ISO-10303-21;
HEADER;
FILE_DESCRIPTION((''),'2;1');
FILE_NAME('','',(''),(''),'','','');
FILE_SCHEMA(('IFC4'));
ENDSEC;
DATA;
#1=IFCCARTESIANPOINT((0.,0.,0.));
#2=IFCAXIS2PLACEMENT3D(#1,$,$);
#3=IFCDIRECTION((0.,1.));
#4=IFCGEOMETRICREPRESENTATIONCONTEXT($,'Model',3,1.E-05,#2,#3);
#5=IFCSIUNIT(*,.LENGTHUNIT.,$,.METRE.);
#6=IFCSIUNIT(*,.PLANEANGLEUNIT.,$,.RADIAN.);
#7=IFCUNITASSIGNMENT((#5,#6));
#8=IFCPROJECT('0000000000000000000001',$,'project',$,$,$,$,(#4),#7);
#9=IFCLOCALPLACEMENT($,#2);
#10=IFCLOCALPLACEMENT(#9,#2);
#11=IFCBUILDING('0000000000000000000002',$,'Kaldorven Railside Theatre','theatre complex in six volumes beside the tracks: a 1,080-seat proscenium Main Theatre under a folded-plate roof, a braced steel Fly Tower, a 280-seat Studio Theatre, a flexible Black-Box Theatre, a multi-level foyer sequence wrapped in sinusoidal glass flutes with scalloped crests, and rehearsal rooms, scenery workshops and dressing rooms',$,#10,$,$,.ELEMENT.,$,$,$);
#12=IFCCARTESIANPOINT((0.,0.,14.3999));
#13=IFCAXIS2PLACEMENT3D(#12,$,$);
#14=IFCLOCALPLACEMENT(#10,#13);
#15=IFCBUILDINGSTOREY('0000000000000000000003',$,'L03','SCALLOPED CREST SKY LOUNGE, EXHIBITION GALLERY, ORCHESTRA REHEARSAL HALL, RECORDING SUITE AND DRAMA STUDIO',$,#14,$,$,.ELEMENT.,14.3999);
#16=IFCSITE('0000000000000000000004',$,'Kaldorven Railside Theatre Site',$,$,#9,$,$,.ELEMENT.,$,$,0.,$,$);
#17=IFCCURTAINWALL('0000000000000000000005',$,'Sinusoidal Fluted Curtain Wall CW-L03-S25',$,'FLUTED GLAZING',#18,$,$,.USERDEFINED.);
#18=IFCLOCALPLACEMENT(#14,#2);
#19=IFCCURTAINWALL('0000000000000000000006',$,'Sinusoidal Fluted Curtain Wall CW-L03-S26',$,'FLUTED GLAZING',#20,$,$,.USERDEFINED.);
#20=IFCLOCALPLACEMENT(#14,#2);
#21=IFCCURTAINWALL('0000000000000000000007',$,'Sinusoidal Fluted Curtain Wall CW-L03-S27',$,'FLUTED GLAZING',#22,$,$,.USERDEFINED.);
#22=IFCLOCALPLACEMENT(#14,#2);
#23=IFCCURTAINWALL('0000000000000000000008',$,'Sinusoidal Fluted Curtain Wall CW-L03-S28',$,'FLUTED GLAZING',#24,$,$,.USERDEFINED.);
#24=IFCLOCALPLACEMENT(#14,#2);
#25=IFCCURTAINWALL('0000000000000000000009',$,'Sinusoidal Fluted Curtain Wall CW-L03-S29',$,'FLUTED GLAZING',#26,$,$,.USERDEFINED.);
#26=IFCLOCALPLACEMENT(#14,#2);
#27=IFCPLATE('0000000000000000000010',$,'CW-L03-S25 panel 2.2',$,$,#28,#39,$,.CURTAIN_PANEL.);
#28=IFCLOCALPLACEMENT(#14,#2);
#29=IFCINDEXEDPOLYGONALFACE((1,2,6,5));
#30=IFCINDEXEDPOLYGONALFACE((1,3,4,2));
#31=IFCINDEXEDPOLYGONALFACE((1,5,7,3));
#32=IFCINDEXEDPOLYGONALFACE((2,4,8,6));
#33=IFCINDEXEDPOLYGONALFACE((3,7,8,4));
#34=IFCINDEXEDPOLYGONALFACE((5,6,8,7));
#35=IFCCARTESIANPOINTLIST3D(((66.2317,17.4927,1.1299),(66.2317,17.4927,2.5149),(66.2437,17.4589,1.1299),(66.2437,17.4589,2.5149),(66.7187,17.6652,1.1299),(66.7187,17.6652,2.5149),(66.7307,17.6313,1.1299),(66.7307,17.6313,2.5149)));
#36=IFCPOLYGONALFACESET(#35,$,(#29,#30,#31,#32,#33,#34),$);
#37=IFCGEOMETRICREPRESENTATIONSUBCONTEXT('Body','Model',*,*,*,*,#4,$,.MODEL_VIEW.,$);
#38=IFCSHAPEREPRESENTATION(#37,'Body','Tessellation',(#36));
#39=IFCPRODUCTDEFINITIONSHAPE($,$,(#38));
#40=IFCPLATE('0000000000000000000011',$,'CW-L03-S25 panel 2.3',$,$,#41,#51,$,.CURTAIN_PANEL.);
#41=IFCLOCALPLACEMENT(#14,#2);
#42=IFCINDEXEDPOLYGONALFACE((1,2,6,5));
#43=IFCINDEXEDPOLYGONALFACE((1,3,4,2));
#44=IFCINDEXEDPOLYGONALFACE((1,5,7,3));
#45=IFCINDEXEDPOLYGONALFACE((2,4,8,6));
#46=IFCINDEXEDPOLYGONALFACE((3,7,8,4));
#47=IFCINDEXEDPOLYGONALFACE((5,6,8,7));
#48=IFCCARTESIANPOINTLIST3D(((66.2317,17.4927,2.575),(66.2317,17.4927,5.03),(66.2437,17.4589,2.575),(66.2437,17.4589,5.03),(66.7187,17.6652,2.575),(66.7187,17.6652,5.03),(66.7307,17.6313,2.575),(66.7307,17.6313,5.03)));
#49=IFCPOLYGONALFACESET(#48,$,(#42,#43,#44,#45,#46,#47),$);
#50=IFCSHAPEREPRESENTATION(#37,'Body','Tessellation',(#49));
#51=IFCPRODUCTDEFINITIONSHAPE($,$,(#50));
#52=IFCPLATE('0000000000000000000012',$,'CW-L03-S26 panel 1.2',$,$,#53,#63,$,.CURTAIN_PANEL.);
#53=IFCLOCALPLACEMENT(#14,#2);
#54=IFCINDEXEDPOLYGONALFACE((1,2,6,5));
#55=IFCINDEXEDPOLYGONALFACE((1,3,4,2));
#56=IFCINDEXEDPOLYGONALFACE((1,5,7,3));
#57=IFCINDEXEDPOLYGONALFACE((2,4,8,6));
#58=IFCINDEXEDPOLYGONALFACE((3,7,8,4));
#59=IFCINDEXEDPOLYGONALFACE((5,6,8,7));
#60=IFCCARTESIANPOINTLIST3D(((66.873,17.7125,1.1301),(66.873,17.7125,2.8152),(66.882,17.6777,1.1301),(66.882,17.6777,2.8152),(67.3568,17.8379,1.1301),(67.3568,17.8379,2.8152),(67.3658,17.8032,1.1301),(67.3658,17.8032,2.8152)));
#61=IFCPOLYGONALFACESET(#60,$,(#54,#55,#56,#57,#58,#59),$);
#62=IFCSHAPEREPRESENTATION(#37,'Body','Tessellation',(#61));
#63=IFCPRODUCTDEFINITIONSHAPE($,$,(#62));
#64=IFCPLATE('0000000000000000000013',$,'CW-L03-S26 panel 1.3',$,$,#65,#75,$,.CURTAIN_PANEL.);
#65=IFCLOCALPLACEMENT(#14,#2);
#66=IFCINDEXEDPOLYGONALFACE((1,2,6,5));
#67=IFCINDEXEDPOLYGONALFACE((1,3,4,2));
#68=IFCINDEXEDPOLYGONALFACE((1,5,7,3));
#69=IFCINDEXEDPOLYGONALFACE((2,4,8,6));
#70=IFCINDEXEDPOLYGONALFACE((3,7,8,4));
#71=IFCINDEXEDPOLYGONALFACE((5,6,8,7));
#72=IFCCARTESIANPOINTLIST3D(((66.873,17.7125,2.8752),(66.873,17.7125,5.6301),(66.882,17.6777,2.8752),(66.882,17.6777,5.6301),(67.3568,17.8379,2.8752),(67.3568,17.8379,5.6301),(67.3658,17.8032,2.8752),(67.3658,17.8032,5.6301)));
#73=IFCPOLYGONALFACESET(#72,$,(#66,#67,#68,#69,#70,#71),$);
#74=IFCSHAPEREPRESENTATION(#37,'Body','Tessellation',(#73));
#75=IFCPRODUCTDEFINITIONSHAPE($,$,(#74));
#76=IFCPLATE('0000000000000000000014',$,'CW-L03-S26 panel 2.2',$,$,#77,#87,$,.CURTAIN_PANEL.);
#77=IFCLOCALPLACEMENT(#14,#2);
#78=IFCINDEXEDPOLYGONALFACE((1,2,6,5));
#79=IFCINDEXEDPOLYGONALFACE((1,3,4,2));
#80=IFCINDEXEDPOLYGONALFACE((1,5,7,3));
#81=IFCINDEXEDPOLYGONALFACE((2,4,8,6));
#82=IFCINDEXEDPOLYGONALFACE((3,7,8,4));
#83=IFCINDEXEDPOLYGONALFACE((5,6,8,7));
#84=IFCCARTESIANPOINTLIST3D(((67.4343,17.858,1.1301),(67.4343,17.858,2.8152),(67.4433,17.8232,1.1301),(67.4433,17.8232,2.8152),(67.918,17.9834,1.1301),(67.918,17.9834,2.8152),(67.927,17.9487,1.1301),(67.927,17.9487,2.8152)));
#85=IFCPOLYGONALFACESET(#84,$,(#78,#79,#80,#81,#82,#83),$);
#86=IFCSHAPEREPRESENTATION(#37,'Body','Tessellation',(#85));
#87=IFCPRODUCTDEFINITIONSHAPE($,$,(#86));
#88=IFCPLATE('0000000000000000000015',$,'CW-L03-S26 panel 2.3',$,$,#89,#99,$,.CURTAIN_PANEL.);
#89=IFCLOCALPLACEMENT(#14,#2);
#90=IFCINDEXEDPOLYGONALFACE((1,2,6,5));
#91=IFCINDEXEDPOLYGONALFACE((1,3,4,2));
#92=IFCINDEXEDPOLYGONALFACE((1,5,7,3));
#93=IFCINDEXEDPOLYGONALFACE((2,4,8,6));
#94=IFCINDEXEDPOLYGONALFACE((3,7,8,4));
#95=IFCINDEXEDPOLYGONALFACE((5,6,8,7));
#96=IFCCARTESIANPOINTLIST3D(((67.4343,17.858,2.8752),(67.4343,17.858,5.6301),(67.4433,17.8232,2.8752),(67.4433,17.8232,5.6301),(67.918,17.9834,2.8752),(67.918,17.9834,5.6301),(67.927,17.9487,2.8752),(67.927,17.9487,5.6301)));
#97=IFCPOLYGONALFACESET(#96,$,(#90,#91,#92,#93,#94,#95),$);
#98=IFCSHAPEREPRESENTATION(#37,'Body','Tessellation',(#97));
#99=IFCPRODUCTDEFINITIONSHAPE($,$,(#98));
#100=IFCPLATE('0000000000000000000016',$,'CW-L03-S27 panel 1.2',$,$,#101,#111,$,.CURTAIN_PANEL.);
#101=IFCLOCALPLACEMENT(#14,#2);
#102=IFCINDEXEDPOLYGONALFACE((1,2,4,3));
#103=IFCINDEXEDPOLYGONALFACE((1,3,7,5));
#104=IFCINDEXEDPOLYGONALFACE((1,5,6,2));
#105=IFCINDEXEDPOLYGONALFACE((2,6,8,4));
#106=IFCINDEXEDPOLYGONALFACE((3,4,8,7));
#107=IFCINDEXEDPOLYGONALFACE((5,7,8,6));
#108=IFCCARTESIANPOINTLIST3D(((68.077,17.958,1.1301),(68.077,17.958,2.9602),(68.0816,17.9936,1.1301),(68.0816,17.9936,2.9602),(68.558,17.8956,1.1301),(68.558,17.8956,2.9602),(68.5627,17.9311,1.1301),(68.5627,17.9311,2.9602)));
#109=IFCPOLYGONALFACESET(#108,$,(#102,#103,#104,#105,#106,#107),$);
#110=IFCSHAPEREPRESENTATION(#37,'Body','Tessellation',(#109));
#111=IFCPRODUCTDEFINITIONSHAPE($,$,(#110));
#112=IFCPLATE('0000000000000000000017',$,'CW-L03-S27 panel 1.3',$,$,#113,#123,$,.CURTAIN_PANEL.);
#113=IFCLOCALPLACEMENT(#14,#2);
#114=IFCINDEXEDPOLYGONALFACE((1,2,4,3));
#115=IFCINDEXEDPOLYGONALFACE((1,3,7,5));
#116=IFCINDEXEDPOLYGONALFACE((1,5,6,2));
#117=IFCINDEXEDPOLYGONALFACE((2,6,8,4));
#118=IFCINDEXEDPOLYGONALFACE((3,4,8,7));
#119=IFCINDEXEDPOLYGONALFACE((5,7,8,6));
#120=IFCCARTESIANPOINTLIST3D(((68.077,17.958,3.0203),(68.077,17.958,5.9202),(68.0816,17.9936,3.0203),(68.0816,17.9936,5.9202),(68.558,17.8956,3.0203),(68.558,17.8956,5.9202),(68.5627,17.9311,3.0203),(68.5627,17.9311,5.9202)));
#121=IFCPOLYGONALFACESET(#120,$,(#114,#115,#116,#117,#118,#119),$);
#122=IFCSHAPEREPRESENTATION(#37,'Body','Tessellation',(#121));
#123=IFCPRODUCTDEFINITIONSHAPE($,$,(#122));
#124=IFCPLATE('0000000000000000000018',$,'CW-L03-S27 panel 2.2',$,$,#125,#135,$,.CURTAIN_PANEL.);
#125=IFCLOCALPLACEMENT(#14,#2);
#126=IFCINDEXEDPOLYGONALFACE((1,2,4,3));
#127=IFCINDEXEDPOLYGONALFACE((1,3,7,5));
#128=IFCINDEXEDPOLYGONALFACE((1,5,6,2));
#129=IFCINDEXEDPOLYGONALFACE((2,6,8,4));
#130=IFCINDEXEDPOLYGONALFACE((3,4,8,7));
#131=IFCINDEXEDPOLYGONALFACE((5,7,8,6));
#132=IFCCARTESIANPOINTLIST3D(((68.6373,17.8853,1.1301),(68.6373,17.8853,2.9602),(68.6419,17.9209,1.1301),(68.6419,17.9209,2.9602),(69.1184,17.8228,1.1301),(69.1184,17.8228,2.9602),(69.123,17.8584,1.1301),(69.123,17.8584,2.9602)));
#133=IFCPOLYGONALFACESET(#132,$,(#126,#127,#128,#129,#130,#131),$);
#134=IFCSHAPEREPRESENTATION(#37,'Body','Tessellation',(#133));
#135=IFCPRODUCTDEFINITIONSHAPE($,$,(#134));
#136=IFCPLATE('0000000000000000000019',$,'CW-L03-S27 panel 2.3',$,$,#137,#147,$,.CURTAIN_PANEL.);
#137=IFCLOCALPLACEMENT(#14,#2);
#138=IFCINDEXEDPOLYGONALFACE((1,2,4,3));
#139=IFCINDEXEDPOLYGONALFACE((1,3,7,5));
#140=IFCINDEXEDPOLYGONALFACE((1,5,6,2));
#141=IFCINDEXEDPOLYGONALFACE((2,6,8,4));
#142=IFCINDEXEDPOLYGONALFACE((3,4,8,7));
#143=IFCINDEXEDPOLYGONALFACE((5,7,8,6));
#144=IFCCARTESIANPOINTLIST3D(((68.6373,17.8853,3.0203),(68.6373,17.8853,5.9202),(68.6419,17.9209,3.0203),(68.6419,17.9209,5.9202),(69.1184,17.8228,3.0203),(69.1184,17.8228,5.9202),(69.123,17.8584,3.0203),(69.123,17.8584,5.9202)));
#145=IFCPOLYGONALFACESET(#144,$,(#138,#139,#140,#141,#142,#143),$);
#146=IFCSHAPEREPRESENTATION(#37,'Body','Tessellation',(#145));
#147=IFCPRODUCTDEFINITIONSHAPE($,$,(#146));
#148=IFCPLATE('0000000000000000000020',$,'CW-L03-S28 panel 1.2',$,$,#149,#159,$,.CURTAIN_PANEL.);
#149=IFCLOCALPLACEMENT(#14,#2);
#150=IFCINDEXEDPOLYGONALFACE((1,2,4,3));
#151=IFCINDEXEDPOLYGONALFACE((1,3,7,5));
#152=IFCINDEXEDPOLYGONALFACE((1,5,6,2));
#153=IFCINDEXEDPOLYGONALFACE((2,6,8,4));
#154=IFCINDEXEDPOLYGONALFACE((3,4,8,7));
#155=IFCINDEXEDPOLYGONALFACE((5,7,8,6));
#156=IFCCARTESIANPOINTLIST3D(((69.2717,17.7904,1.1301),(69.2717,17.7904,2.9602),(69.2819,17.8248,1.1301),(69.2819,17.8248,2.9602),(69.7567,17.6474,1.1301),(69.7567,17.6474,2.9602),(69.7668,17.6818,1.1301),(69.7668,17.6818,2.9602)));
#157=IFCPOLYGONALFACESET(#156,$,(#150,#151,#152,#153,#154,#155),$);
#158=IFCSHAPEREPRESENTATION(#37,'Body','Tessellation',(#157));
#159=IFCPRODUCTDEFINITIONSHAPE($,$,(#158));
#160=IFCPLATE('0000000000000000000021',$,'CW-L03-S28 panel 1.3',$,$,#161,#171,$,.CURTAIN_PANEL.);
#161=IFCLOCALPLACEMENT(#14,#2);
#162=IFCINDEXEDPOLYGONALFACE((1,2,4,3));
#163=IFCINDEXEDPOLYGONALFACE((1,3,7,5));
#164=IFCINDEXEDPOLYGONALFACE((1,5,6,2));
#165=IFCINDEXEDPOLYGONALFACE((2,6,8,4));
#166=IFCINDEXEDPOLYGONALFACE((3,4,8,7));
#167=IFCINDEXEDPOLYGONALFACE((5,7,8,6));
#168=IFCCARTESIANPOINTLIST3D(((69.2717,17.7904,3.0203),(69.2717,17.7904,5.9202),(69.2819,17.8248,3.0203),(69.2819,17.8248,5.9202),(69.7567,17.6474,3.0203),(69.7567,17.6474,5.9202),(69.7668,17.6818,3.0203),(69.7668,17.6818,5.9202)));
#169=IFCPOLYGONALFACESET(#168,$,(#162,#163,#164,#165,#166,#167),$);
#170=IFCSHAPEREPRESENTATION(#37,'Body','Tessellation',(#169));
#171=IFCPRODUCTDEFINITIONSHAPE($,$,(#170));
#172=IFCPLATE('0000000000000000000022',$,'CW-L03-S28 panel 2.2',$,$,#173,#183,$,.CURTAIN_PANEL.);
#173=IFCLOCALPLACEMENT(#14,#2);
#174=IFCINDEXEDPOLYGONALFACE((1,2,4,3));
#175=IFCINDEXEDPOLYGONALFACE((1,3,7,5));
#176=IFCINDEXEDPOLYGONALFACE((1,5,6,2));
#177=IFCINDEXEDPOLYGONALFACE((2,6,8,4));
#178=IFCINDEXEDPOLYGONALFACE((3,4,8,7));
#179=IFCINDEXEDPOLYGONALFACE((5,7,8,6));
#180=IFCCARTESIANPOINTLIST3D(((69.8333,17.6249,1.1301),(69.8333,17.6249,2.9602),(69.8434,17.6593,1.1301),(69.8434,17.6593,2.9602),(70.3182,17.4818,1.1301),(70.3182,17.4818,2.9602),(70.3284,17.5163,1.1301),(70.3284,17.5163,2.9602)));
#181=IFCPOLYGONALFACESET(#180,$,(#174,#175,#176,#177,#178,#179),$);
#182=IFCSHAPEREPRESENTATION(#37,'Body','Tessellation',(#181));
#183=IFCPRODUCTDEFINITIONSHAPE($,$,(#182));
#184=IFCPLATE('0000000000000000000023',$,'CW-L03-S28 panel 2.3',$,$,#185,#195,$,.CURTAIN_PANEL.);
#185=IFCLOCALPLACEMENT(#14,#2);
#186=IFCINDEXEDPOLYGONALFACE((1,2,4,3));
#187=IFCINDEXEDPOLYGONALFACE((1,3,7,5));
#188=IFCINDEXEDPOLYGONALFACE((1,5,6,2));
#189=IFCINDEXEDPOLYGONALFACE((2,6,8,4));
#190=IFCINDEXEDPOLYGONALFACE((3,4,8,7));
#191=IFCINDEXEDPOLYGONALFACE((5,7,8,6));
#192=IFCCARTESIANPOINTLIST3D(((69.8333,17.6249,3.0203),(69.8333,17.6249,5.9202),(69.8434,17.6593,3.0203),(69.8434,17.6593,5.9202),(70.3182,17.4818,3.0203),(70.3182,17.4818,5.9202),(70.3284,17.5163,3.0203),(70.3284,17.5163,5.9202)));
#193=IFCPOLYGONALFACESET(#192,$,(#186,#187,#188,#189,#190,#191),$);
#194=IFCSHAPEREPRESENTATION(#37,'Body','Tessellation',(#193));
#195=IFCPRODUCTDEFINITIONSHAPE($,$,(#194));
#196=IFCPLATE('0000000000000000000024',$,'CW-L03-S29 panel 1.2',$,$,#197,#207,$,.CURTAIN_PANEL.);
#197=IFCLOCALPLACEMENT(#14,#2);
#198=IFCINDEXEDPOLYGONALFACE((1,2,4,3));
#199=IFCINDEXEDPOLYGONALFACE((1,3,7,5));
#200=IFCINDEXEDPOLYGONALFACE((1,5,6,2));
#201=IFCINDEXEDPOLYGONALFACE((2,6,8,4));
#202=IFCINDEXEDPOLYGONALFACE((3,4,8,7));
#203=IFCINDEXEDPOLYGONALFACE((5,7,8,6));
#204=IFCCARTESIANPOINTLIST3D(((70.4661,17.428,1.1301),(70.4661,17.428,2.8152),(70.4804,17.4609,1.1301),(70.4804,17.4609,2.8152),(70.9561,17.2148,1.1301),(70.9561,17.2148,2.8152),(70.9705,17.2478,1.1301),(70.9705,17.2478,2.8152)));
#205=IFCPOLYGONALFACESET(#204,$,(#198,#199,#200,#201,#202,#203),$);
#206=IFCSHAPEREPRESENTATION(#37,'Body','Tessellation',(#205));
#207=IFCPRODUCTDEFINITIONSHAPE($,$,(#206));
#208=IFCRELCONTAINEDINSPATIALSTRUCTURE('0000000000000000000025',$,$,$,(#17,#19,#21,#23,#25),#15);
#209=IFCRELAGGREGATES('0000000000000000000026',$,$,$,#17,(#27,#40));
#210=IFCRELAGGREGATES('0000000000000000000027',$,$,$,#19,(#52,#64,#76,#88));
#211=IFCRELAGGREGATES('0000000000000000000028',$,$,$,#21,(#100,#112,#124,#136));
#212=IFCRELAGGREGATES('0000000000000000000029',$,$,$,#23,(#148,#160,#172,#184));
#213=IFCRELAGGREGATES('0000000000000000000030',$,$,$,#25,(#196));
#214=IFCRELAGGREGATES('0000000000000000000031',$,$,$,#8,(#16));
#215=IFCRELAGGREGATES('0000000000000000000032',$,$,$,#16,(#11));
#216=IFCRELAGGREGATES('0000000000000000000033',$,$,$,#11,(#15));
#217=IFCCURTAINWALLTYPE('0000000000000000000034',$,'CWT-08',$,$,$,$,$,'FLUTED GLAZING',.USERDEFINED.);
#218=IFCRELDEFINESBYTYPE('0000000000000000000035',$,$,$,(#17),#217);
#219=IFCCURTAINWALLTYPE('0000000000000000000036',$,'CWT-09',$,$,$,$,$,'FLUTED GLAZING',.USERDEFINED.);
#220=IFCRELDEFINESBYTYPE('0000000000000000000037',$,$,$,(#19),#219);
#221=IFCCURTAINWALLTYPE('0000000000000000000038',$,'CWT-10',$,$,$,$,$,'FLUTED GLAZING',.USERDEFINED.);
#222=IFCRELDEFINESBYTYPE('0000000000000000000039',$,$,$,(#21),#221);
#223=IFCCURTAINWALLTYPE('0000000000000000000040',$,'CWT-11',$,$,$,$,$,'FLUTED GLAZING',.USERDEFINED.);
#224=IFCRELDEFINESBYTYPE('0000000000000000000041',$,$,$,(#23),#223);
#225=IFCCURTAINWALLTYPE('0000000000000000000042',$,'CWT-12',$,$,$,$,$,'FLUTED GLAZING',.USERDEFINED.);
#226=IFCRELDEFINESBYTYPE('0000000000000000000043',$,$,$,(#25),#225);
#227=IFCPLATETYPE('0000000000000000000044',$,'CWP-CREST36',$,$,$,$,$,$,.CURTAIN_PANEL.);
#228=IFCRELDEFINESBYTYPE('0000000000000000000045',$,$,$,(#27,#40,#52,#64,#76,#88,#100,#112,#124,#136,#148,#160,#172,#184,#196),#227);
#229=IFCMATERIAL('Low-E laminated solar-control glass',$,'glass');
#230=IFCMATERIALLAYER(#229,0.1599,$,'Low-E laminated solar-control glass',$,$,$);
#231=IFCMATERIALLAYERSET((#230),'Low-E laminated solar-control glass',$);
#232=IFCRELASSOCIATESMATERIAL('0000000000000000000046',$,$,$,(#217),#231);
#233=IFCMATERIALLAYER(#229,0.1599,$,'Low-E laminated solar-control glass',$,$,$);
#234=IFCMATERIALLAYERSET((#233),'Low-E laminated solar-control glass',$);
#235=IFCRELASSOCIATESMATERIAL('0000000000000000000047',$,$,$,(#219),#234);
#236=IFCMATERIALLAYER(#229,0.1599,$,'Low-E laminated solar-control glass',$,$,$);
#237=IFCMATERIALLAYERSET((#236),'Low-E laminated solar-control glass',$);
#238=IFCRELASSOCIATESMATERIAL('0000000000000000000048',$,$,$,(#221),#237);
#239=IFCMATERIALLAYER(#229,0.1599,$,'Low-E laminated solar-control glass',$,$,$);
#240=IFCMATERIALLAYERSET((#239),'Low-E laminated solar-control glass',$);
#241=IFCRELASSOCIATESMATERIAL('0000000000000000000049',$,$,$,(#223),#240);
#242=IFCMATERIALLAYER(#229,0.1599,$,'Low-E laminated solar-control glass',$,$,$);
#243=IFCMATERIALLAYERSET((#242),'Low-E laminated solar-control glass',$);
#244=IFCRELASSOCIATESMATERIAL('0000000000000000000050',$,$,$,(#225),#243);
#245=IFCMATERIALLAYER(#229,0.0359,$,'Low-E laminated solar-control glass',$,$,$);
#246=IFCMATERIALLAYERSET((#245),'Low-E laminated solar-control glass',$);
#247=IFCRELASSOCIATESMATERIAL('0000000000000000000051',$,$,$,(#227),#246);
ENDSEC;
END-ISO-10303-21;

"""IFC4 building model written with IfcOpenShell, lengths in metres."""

from ifc_helpers import new_model, si_unit, direction, frame, origin, origin_2d, place, context, subcontext, project, spatial, rectangle, extrude, material, layer, layer_set, type_object, element, aggregate, save


model = new_model("IFC4")

# Units and contexts
model_context = context("Model", 3, precision=1e-05, world=origin(), true_north=direction((0.0, 1.0)))
body_context = subcontext(model_context, "Body", "Model", "MODEL_VIEW")
ifc_project = project(units=[si_unit("LENGTHUNIT", "METRE"), si_unit("PLANEANGLEUNIT", "RADIAN")], contexts=[model_context])

# Site, building, storey
site_placement = place(None, origin())
site = spatial("IfcSite", under=ifc_project, at=site_placement, Name="Kaldorven Railside Theatre Site", CompositionType="ELEMENT", RefElevation=0.0)
building_placement = place(site_placement, origin())
building = spatial("IfcBuilding", under=site, at=building_placement, Name="Kaldorven Railside Theatre", Description="theatre complex in six volumes beside the tracks: a 1,080-seat proscenium Main Theatre under a folded-plate roof, a braced steel Fly Tower, a 280-seat Studio Theatre, a flexible Black-Box Theatre, a multi-level foyer sequence wrapped in sinusoidal glass flutes with scalloped crests, and rehearsal rooms, scenery workshops and dressing rooms", CompositionType="ELEMENT")
storey_placement = place(building_placement, frame((0.0, 0.0, 14.3999)))
storey = spatial("IfcBuildingStorey", under=building, at=storey_placement, Name="L03", Description="SCALLOPED CREST SKY LOUNGE, EXHIBITION GALLERY, ORCHESTRA REHEARSAL HALL, RECORDING SUITE AND DRAMA STUDIO", CompositionType="ELEMENT", Elevation=14.3999)

# Curtain walls
ifc_material_1 = material(Name="Low-E laminated solar-control glass", Category="glass")
ifc_layer_1 = layer(ifc_material_1, 0.1599, Name="Low-E laminated solar-control glass")
ifc_layer_set_1 = layer_set([ifc_layer_1], Name="Low-E laminated solar-control glass")
curtain_wall_type_1 = type_object("IfcCurtainWallType", Name="CWT-08", ElementType="FLUTED GLAZING", PredefinedType="USERDEFINED", material=ifc_layer_set_1)
curtain_wall_1_placement = place(storey_placement, origin())
curtain_wall_1 = element("IfcCurtainWall", 1, at=curtain_wall_1_placement, inside=storey, type_object=curtain_wall_type_1, Name="Sinusoidal Fluted Curtain Wall CW-L03-S25", ObjectType="FLUTED GLAZING", PredefinedType="USERDEFINED")
ifc_layer_2 = layer(ifc_material_1, 0.1599, Name="Low-E laminated solar-control glass")
ifc_layer_set_2 = layer_set([ifc_layer_2], Name="Low-E laminated solar-control glass")
curtain_wall_type_2 = type_object("IfcCurtainWallType", Name="CWT-09", ElementType="FLUTED GLAZING", PredefinedType="USERDEFINED", material=ifc_layer_set_2)
curtain_wall_2_placement = place(storey_placement, origin())
curtain_wall_2 = element("IfcCurtainWall", 2, at=curtain_wall_2_placement, inside=storey, type_object=curtain_wall_type_2, Name="Sinusoidal Fluted Curtain Wall CW-L03-S26", ObjectType="FLUTED GLAZING", PredefinedType="USERDEFINED")
ifc_layer_3 = layer(ifc_material_1, 0.1599, Name="Low-E laminated solar-control glass")
ifc_layer_set_3 = layer_set([ifc_layer_3], Name="Low-E laminated solar-control glass")
curtain_wall_type_3 = type_object("IfcCurtainWallType", Name="CWT-10", ElementType="FLUTED GLAZING", PredefinedType="USERDEFINED", material=ifc_layer_set_3)
curtain_wall_3_placement = place(storey_placement, origin())
curtain_wall_3 = element("IfcCurtainWall", 3, at=curtain_wall_3_placement, inside=storey, type_object=curtain_wall_type_3, Name="Sinusoidal Fluted Curtain Wall CW-L03-S27", ObjectType="FLUTED GLAZING", PredefinedType="USERDEFINED")
ifc_layer_4 = layer(ifc_material_1, 0.1599, Name="Low-E laminated solar-control glass")
ifc_layer_set_4 = layer_set([ifc_layer_4], Name="Low-E laminated solar-control glass")
curtain_wall_type_4 = type_object("IfcCurtainWallType", Name="CWT-11", ElementType="FLUTED GLAZING", PredefinedType="USERDEFINED", material=ifc_layer_set_4)
curtain_wall_4_placement = place(storey_placement, origin())
curtain_wall_4 = element("IfcCurtainWall", 4, at=curtain_wall_4_placement, inside=storey, type_object=curtain_wall_type_4, Name="Sinusoidal Fluted Curtain Wall CW-L03-S28", ObjectType="FLUTED GLAZING", PredefinedType="USERDEFINED")
ifc_layer_5 = layer(ifc_material_1, 0.1599, Name="Low-E laminated solar-control glass")
ifc_layer_set_5 = layer_set([ifc_layer_5], Name="Low-E laminated solar-control glass")
curtain_wall_type_5 = type_object("IfcCurtainWallType", Name="CWT-12", ElementType="FLUTED GLAZING", PredefinedType="USERDEFINED", material=ifc_layer_set_5)
curtain_wall_5_placement = place(storey_placement, origin())
curtain_wall_5 = element("IfcCurtainWall", 5, at=curtain_wall_5_placement, inside=storey, type_object=curtain_wall_type_5, Name="Sinusoidal Fluted Curtain Wall CW-L03-S29", ObjectType="FLUTED GLAZING", PredefinedType="USERDEFINED")

# Plates
ifc_layer_6 = layer(ifc_material_1, 0.0359, Name="Low-E laminated solar-control glass")
ifc_layer_set_6 = layer_set([ifc_layer_6], Name="Low-E laminated solar-control glass")
plate_type = type_object("IfcPlateType", Name="CWP-CREST36", PredefinedType="CURTAIN_PANEL", material=ifc_layer_set_6)
plate_1_placement = place(storey_placement, frame((66.4812, 17.562, 1.1299), z_axis=(0.0, 0.0, 1.0), x_axis=(0.942627, 0.333847, 0.0)))
plate_1 = element("IfcPlate", 6, at=plate_1_placement, type_object=plate_type, Name="CW-L03-S25 panel 2.2", PredefinedType="CURTAIN_PANEL", context=body_context, shape_type="SweptSolid", body=[
    extrude(rectangle(XDim=0.5166, YDim=0.0359, at=origin_2d()), origin(), (0.0, 0.0, 1.0), 1.385),
])
plate_2_placement = place(storey_placement, frame((66.4812, 17.562, 2.575), z_axis=(0.0, 0.0, 1.0), x_axis=(0.942627, 0.333847, 0.0)))
plate_2 = element("IfcPlate", 7, at=plate_2_placement, type_object=plate_type, Name="CW-L03-S25 panel 2.3", PredefinedType="CURTAIN_PANEL", context=body_context, shape_type="SweptSolid", body=[
    extrude(rectangle(XDim=0.5166, YDim=0.0359, at=origin_2d()), origin(), (0.0, 0.0, 1.0), 2.4551),
])
aggregate(curtain_wall_1, [plate_1, plate_2])
plate_3_placement = place(storey_placement, frame((67.1194, 17.7578, 1.1301), z_axis=(0.0, 0.0, 1.0), x_axis=(0.967999, 0.250954, 0.0)))
plate_3 = element("IfcPlate", 8, at=plate_3_placement, type_object=plate_type, Name="CW-L03-S26 panel 1.2", PredefinedType="CURTAIN_PANEL", context=body_context, shape_type="SweptSolid", body=[
    extrude(rectangle(XDim=0.4998, YDim=0.0359, at=origin_2d()), origin(), (0.0, 0.0, 1.0), 1.6851),
])
plate_4_placement = place(storey_placement, frame((67.1194, 17.7578, 2.8752), z_axis=(0.0, 0.0, 1.0), x_axis=(0.967999, 0.250954, 0.0)))
plate_4 = element("IfcPlate", 9, at=plate_4_placement, type_object=plate_type, Name="CW-L03-S26 panel 1.3", PredefinedType="CURTAIN_PANEL", context=body_context, shape_type="SweptSolid", body=[
    extrude(rectangle(XDim=0.4998, YDim=0.0359, at=origin_2d()), origin(), (0.0, 0.0, 1.0), 2.7549),
])
plate_5_placement = place(storey_placement, frame((67.6807, 17.9033, 1.1301), z_axis=(0.0, 0.0, 1.0), x_axis=(0.967999, 0.250954, 0.0)))
plate_5 = element("IfcPlate", 10, at=plate_5_placement, type_object=plate_type, Name="CW-L03-S26 panel 2.2", PredefinedType="CURTAIN_PANEL", context=body_context, shape_type="SweptSolid", body=[
    extrude(rectangle(XDim=0.4998, YDim=0.0359, at=origin_2d()), origin(), (0.0, 0.0, 1.0), 1.6851),
])
plate_6_placement = place(storey_placement, frame((67.6807, 17.9033, 2.8752), z_axis=(0.0, 0.0, 1.0), x_axis=(0.967999, 0.250954, 0.0)))
plate_6 = element("IfcPlate", 11, at=plate_6_placement, type_object=plate_type, Name="CW-L03-S26 panel 2.3", PredefinedType="CURTAIN_PANEL", context=body_context, shape_type="SweptSolid", body=[
    extrude(rectangle(XDim=0.4998, YDim=0.0359, at=origin_2d()), origin(), (0.0, 0.0, 1.0), 2.7549),
])
aggregate(curtain_wall_2, [plate_3, plate_4, plate_5, plate_6])
plate_7_placement = place(storey_placement, frame((68.3198, 17.9446, 1.1301), z_axis=(0.0, 0.0, 1.0), x_axis=(0.991677, -0.128753, 0.0)))
plate_7 = element("IfcPlate", 12, at=plate_7_placement, type_object=plate_type, Name="CW-L03-S27 panel 1.2", PredefinedType="CURTAIN_PANEL", context=body_context, shape_type="SweptSolid", body=[
    extrude(rectangle(XDim=0.4851, YDim=0.0359, at=origin_2d()), origin(), (0.0, 0.0, 1.0), 1.8301),
])
plate_8_placement = place(storey_placement, frame((68.3198, 17.9446, 3.0203), z_axis=(0.0, 0.0, 1.0), x_axis=(0.991677, -0.128753, 0.0)))
plate_8 = element("IfcPlate", 13, at=plate_8_placement, type_object=plate_type, Name="CW-L03-S27 panel 1.3", PredefinedType="CURTAIN_PANEL", context=body_context, shape_type="SweptSolid", body=[
    extrude(rectangle(XDim=0.4851, YDim=0.0359, at=origin_2d()), origin(), (0.0, 0.0, 1.0), 2.8999),
])
plate_9_placement = place(storey_placement, frame((68.8801, 17.8718, 1.1301), z_axis=(0.0, 0.0, 1.0), x_axis=(0.991677, -0.128753, 0.0)))
plate_9 = element("IfcPlate", 14, at=plate_9_placement, type_object=plate_type, Name="CW-L03-S27 panel 2.2", PredefinedType="CURTAIN_PANEL", context=body_context, shape_type="SweptSolid", body=[
    extrude(rectangle(XDim=0.4851, YDim=0.0359, at=origin_2d()), origin(), (0.0, 0.0, 1.0), 1.8301),
])
plate_10_placement = place(storey_placement, frame((68.8801, 17.8718, 3.0203), z_axis=(0.0, 0.0, 1.0), x_axis=(0.991677, -0.128753, 0.0)))
plate_10 = element("IfcPlate", 15, at=plate_10_placement, type_object=plate_type, Name="CW-L03-S27 panel 2.3", PredefinedType="CURTAIN_PANEL", context=body_context, shape_type="SweptSolid", body=[
    extrude(rectangle(XDim=0.4851, YDim=0.0359, at=origin_2d()), origin(), (0.0, 0.0, 1.0), 2.8999),
])
aggregate(curtain_wall_3, [plate_7, plate_8, plate_9, plate_10])
plate_11_placement = place(storey_placement, frame((69.5193, 17.7361, 1.1301), z_axis=(0.0, 0.0, 1.0), x_axis=(0.959158, -0.282872, 0.0)))
plate_11 = element("IfcPlate", 16, at=plate_11_placement, type_object=plate_type, Name="CW-L03-S28 panel 1.2", PredefinedType="CURTAIN_PANEL", context=body_context, shape_type="SweptSolid", body=[
    extrude(rectangle(XDim=0.5056, YDim=0.0359, at=origin_2d()), origin(), (0.0, 0.0, 1.0), 1.8301),
])
plate_12_placement = place(storey_placement, frame((69.5193, 17.7361, 3.0203), z_axis=(0.0, 0.0, 1.0), x_axis=(0.959158, -0.282872, 0.0)))
plate_12 = element("IfcPlate", 17, at=plate_12_placement, type_object=plate_type, Name="CW-L03-S28 panel 1.3", PredefinedType="CURTAIN_PANEL", context=body_context, shape_type="SweptSolid", body=[
    extrude(rectangle(XDim=0.5056, YDim=0.0359, at=origin_2d()), origin(), (0.0, 0.0, 1.0), 2.8999),
])
plate_13_placement = place(storey_placement, frame((70.0808, 17.5706, 1.1301), z_axis=(0.0, 0.0, 1.0), x_axis=(0.959158, -0.282872, 0.0)))
plate_13 = element("IfcPlate", 18, at=plate_13_placement, type_object=plate_type, Name="CW-L03-S28 panel 2.2", PredefinedType="CURTAIN_PANEL", context=body_context, shape_type="SweptSolid", body=[
    extrude(rectangle(XDim=0.5056, YDim=0.0359, at=origin_2d()), origin(), (0.0, 0.0, 1.0), 1.8301),
])
plate_14_placement = place(storey_placement, frame((70.0808, 17.5706, 3.0203), z_axis=(0.0, 0.0, 1.0), x_axis=(0.959158, -0.282872, 0.0)))
plate_14 = element("IfcPlate", 19, at=plate_14_placement, type_object=plate_type, Name="CW-L03-S28 panel 2.3", PredefinedType="CURTAIN_PANEL", context=body_context, shape_type="SweptSolid", body=[
    extrude(rectangle(XDim=0.5056, YDim=0.0359, at=origin_2d()), origin(), (0.0, 0.0, 1.0), 2.8999),
])
aggregate(curtain_wall_4, [plate_11, plate_12, plate_13, plate_14])
plate_15_placement = place(storey_placement, frame((70.7183, 17.3379, 1.1301), z_axis=(0.0, 0.0, 1.0), x_axis=(0.916997, -0.398894, 0.0)))
plate_15 = element("IfcPlate", 20, at=plate_15_placement, type_object=plate_type, Name="CW-L03-S29 panel 1.2", PredefinedType="CURTAIN_PANEL", context=body_context, shape_type="SweptSolid", body=[
    extrude(rectangle(XDim=0.5344, YDim=0.0359, at=origin_2d()), origin(), (0.0, 0.0, 1.0), 1.6851),
])
aggregate(curtain_wall_5, [plate_15])

save(model, "model.ifc")
